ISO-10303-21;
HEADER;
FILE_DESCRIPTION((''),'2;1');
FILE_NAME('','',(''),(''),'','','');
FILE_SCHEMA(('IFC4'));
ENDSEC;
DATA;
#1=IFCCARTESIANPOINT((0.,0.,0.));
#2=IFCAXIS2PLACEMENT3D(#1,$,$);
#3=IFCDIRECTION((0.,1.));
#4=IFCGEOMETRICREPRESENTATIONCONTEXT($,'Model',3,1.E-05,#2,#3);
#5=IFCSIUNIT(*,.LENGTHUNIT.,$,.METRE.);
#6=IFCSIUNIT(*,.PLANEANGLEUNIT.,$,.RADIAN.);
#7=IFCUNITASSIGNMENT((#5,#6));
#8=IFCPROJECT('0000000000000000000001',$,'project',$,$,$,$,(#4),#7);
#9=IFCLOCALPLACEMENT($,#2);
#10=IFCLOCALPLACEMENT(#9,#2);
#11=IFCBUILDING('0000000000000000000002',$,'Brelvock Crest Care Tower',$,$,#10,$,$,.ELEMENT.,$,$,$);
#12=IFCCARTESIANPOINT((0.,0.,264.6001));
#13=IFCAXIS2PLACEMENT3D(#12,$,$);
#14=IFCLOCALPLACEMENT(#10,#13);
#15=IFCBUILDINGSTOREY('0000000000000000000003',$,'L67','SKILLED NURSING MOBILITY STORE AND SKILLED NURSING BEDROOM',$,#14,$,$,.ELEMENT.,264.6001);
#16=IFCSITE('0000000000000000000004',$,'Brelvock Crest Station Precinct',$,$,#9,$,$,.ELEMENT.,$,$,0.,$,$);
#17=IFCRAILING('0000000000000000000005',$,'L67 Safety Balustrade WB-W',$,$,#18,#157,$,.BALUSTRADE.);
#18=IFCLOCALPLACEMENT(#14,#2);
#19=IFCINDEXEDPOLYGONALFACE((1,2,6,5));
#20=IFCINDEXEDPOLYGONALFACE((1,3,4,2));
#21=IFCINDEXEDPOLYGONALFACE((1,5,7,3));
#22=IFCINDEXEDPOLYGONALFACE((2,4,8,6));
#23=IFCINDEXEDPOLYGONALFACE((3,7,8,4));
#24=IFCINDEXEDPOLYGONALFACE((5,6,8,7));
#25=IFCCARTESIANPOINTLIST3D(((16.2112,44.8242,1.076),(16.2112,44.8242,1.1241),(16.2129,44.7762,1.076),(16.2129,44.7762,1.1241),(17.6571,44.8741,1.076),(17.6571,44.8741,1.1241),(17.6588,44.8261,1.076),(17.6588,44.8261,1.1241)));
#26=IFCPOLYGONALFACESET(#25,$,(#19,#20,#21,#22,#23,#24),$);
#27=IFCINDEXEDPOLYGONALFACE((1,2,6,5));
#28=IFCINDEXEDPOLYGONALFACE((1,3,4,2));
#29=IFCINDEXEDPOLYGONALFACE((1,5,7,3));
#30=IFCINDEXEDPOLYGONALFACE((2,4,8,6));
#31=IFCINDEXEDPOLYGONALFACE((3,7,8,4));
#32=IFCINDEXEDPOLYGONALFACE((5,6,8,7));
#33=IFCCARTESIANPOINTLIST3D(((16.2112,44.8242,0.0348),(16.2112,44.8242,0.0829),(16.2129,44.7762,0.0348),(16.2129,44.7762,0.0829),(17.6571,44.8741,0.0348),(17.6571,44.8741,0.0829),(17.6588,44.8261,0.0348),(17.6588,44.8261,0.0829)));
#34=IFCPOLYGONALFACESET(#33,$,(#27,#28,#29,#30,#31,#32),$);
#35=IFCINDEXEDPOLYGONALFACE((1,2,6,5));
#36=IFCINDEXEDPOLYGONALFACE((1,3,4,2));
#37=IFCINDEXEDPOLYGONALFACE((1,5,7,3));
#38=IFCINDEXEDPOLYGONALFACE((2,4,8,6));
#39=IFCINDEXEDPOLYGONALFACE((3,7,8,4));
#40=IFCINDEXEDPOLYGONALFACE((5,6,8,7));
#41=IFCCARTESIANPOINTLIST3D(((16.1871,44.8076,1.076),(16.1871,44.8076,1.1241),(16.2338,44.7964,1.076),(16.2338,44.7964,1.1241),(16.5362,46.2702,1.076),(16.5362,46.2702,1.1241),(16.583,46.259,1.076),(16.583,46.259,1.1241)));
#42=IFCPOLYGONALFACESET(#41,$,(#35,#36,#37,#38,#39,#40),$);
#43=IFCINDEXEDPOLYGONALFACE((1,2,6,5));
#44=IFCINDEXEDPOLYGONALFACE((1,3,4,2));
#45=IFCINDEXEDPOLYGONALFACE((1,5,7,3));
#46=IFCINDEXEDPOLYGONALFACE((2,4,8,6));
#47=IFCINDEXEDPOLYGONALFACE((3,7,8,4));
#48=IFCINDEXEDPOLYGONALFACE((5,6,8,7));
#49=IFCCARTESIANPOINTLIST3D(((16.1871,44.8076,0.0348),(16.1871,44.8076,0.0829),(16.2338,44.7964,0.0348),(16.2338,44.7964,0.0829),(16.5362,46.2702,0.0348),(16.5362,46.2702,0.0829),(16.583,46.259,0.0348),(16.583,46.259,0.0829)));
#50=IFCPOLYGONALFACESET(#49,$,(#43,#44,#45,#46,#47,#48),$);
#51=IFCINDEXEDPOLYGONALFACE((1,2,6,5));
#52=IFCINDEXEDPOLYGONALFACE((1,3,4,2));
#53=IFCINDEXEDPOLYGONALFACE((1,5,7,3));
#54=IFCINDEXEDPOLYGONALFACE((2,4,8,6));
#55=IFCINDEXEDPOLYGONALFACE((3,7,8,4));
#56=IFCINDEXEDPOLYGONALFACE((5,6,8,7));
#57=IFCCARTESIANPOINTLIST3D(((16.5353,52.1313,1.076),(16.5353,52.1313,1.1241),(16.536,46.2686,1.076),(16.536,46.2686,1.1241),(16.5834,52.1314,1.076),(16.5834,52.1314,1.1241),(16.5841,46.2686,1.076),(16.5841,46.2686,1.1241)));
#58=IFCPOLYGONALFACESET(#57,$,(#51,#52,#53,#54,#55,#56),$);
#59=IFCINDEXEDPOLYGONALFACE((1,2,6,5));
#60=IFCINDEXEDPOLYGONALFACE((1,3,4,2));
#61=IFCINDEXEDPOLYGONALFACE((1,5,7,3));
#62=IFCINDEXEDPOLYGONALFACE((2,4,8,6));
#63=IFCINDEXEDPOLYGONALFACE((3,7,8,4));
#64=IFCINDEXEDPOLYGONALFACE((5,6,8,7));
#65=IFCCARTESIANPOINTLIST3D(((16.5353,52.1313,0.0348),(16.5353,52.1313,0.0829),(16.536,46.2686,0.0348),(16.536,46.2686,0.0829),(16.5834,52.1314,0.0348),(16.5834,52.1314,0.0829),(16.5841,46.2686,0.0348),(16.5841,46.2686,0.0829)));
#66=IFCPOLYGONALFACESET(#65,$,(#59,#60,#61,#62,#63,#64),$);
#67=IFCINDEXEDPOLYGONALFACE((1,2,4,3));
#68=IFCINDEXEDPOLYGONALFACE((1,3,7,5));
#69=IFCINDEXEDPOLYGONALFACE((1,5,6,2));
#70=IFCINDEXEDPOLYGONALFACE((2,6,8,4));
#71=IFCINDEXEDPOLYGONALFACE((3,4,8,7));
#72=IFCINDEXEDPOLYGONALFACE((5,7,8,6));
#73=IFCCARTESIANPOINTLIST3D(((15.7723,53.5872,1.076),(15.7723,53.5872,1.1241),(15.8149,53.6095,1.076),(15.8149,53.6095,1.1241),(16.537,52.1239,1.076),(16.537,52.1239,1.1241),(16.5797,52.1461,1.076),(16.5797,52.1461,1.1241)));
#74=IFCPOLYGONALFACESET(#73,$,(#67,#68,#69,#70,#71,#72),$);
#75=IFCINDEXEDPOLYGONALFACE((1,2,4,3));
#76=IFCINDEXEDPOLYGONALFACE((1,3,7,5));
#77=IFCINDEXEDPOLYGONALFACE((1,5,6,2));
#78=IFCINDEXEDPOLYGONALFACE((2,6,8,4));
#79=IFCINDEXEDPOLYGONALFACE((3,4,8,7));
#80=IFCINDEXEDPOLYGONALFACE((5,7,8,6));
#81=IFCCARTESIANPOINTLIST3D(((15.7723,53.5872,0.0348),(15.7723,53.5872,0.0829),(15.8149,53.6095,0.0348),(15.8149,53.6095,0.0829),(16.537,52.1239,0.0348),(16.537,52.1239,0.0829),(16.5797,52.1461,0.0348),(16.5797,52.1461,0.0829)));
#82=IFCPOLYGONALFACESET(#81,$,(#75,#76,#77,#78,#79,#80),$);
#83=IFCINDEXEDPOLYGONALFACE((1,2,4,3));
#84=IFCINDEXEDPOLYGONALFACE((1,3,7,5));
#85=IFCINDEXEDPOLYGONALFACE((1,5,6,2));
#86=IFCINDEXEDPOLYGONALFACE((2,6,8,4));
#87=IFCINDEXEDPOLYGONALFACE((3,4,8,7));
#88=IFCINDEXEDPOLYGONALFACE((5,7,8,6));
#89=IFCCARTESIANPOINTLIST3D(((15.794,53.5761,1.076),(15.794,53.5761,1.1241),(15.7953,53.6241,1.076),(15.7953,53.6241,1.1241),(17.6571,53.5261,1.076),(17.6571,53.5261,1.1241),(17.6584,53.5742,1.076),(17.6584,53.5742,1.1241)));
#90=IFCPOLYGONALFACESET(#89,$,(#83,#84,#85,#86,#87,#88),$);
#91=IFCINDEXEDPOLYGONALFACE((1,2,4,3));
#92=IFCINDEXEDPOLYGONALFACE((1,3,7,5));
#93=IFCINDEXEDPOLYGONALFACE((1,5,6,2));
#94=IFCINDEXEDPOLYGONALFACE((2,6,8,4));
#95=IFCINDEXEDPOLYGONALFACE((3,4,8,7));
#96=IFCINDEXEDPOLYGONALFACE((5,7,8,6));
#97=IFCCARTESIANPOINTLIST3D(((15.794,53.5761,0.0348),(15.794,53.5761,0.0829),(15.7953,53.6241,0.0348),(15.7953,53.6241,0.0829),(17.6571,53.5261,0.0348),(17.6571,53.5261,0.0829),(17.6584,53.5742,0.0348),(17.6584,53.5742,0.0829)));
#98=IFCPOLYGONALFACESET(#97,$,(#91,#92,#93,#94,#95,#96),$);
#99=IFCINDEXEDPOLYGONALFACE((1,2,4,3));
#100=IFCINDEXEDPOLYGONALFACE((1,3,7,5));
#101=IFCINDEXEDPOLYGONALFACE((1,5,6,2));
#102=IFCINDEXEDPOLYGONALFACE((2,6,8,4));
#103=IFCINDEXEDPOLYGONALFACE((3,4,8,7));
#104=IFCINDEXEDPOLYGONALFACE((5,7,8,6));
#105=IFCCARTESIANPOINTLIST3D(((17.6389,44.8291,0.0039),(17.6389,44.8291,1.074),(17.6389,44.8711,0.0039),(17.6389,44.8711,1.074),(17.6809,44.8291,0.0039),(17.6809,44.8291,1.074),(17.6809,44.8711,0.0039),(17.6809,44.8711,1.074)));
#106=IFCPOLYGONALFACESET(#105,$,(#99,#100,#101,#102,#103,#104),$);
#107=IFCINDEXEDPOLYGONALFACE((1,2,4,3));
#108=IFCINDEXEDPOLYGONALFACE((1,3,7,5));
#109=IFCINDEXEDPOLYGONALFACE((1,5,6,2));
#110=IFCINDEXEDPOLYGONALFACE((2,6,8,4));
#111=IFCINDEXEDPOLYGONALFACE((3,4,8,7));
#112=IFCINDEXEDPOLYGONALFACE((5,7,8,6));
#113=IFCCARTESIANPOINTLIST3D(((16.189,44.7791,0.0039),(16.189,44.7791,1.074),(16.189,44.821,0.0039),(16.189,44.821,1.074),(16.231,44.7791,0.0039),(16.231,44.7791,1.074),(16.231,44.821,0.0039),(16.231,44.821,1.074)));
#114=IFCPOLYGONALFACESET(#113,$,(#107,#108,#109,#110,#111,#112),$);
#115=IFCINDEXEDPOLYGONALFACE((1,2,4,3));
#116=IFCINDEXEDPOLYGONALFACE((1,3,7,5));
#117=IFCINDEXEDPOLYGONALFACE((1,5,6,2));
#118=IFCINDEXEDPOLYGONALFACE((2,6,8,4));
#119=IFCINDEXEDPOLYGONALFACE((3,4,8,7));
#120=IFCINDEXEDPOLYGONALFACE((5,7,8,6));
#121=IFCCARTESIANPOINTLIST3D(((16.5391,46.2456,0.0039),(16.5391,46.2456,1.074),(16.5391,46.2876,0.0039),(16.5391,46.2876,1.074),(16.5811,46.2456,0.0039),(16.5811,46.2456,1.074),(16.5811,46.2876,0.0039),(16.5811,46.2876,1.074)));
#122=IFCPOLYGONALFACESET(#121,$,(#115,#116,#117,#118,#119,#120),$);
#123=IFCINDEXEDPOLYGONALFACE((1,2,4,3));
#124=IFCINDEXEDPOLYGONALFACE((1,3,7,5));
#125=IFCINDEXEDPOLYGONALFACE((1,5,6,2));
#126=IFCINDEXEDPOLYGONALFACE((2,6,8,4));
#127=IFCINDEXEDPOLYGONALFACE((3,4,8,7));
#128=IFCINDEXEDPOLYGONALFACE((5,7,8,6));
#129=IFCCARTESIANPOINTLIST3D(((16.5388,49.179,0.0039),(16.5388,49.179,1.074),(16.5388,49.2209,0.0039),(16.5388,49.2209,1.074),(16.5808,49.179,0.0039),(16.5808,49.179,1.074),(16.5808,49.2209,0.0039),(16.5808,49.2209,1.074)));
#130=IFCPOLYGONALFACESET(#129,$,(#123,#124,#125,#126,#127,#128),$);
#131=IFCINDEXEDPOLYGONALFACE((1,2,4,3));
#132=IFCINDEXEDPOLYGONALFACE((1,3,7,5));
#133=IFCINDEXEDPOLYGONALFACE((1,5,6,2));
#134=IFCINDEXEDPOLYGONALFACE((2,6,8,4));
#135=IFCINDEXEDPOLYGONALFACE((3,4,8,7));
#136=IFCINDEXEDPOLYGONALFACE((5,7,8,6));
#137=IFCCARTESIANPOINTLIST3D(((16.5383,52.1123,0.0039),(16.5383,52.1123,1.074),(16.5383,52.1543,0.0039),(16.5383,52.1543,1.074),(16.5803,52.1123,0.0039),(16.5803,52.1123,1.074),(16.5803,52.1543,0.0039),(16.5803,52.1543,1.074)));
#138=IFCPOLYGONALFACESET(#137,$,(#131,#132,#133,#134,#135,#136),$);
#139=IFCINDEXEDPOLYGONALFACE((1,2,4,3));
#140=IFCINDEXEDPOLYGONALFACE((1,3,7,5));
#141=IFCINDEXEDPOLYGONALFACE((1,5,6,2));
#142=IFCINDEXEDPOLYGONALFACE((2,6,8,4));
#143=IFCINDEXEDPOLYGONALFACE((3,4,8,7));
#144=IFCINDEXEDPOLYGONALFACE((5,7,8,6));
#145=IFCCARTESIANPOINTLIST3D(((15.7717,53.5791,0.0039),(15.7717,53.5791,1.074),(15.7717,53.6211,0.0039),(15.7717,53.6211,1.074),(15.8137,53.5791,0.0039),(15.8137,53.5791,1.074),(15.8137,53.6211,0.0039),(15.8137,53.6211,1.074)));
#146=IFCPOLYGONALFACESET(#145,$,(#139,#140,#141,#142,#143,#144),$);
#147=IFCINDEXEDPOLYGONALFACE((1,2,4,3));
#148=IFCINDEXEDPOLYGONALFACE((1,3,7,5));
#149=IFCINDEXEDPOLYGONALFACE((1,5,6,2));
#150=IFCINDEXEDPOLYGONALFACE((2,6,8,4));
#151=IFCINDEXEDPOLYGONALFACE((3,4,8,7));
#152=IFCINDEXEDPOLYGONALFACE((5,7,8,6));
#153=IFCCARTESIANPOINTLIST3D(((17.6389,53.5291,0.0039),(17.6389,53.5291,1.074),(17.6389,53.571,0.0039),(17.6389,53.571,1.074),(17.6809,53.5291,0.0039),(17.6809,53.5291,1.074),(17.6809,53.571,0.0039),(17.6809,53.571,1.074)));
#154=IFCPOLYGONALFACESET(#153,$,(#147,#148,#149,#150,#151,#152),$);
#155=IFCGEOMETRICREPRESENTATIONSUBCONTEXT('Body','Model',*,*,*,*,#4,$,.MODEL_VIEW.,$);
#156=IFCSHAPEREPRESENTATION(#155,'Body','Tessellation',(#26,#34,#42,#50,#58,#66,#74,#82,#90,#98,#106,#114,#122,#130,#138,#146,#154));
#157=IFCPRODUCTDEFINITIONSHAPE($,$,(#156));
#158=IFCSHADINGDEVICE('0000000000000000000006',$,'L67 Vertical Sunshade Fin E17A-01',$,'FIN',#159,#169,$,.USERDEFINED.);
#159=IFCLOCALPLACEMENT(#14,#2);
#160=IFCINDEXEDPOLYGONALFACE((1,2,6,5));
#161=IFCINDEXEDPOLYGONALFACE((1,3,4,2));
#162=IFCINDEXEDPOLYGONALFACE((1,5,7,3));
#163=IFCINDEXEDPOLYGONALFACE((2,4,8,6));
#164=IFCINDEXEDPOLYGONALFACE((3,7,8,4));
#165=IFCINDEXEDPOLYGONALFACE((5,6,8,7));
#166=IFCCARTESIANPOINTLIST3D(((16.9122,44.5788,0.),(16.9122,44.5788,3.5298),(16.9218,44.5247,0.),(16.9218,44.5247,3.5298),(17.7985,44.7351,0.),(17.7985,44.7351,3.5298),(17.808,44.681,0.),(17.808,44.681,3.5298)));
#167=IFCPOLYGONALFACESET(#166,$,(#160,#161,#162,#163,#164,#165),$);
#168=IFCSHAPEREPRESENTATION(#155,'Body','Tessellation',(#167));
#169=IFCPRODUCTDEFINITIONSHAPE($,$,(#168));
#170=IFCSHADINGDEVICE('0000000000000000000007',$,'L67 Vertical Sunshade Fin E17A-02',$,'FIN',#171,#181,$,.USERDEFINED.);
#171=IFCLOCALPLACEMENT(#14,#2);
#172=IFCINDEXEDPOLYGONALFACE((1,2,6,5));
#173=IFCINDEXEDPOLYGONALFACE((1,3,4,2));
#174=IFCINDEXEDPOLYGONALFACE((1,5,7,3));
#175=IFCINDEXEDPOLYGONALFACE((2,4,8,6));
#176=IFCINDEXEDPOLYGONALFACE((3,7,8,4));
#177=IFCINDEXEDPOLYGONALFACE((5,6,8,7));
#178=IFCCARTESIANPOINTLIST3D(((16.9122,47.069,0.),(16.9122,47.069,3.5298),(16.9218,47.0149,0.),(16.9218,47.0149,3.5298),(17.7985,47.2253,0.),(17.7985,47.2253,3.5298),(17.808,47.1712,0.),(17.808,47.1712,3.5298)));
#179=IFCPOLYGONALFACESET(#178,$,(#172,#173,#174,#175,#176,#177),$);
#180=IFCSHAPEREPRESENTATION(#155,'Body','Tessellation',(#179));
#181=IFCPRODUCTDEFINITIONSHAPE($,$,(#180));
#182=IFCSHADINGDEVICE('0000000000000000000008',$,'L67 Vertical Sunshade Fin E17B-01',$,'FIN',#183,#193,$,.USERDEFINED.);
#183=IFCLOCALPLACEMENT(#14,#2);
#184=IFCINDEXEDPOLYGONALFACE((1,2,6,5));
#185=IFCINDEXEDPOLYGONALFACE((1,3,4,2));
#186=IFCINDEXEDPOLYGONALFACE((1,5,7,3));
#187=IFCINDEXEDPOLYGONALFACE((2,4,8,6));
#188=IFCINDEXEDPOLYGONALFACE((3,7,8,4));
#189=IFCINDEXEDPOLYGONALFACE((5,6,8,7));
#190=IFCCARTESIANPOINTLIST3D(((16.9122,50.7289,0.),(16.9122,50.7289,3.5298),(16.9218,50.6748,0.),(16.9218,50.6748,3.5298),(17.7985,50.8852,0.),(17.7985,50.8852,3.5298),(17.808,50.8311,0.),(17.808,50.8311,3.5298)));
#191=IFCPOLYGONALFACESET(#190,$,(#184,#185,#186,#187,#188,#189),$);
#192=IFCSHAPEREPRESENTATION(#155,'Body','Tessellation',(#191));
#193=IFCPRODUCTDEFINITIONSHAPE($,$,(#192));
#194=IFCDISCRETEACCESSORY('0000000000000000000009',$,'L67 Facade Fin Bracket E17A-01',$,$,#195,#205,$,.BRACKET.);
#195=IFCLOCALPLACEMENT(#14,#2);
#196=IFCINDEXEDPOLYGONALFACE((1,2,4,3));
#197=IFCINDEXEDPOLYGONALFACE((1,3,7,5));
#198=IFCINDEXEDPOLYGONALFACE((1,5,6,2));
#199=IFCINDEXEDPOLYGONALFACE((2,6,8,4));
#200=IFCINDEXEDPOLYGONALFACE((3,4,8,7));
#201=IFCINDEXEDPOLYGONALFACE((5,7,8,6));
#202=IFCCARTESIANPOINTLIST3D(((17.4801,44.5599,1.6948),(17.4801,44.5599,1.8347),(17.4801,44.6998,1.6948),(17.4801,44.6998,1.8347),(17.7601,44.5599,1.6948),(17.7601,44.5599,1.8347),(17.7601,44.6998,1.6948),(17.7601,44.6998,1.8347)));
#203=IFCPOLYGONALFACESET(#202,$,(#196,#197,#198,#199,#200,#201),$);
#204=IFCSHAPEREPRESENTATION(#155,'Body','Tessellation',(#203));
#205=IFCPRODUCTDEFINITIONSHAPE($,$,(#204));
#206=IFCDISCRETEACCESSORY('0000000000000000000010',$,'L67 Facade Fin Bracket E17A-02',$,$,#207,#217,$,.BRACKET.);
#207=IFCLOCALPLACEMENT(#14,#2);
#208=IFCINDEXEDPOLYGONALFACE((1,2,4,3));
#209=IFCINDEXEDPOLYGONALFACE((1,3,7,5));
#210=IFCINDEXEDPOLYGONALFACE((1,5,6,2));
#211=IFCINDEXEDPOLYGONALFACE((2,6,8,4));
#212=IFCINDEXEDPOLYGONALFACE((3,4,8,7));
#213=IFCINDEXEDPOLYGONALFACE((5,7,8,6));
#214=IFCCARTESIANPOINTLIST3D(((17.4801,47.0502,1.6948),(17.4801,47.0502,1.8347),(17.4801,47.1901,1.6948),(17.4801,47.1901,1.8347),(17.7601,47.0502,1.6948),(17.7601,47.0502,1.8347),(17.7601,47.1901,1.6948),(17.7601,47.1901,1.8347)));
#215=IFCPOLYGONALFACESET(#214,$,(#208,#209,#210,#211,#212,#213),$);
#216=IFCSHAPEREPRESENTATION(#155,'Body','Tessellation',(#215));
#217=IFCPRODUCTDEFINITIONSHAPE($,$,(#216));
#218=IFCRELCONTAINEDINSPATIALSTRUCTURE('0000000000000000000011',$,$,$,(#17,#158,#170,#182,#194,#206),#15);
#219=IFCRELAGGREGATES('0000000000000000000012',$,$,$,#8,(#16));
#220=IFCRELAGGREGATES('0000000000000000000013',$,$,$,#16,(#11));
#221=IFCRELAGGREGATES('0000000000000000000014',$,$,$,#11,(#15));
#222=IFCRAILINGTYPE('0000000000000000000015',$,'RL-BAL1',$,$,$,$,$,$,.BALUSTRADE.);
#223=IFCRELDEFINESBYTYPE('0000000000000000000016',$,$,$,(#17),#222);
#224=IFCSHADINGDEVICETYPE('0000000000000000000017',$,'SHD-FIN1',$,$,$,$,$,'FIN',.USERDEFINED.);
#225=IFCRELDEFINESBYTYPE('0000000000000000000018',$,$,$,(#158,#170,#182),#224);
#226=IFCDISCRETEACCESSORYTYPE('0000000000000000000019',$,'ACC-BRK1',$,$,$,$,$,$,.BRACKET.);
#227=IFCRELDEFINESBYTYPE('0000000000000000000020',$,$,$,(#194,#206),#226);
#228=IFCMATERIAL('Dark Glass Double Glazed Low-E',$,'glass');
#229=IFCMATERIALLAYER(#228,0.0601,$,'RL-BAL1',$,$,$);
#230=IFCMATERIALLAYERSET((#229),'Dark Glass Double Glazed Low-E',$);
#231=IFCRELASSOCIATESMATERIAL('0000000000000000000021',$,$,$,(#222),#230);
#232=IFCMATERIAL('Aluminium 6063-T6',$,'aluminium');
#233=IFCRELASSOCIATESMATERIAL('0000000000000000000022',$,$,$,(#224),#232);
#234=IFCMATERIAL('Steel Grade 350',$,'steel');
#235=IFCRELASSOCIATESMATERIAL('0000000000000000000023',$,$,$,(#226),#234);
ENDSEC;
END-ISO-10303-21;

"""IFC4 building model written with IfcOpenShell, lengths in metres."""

from ifc_helpers import new_model, si_unit, direction, frame, origin, origin_2d, place, context, subcontext, project, spatial, rectangle, extrude, source, transform, mapped, material, layer, layer_set, material_profile, profile_set, type_object, element, save


model = new_model("IFC4")

# Units and contexts
model_context = context("Model", 3, precision=1e-05, world=origin(), true_north=direction((0.0, 1.0)))
body_context = subcontext(model_context, "Body", "Model", "MODEL_VIEW")
ifc_project = project(units=[si_unit("LENGTHUNIT", "METRE"), si_unit("PLANEANGLEUNIT", "RADIAN")], contexts=[model_context])

# Site, building, storey
site_placement = place(None, origin())
site = spatial("IfcSite", under=ifc_project, at=site_placement, Name="Brelvock Crest Station Precinct", CompositionType="ELEMENT", RefElevation=0.0)
building_placement = place(site_placement, origin())
building = spatial("IfcBuilding", under=site, at=building_placement, Name="Brelvock Crest Care Tower", CompositionType="ELEMENT")
storey_placement = place(building_placement, frame((0.0, 0.0, 264.6001)))
storey = spatial("IfcBuildingStorey", under=building, at=storey_placement, Name="L67", Description="SKILLED NURSING MOBILITY STORE AND SKILLED NURSING BEDROOM", CompositionType="ELEMENT", Elevation=264.6001)

# Shared definitions
ifc_material_1 = material(Name="Steel Grade 350", Category="steel")

# Shared definitions
ifc_material_2 = material(Name="Dark Glass Double Glazed Low-E", Category="glass")
ifc_material_3 = material(Name="Aluminium 6063-T6", Category="aluminium")

# Railing
ifc_layer_1 = layer(ifc_material_2, 0.0601, Name="RL-BAL1")
ifc_layer_set_1 = layer_set([ifc_layer_1], Name="Dark Glass Double Glazed Low-E")
railing_type = type_object("IfcRailingType", Name="RL-BAL1", PredefinedType="BALUSTRADE", material=ifc_layer_set_1)
railing_placement = place(storey_placement, frame((17.6599, 44.8501, 0.0039)))
element("IfcRailing", 1, at=railing_placement, inside=storey, type_object=railing_type, Name="L67 Safety Balustrade WB-W", PredefinedType="BALUSTRADE", context=body_context, shape_type="SweptSolid", body=[
    extrude(rectangle(XDim=0.0481, YDim=0.0481, at=origin_2d()), frame((-0.002, 0.0, 1.0962), z_axis=(-0.999405, -0.034497, 0.0), x_axis=(0.034497, -0.999405, 0.0)), (0.0, 0.0, 1.0), 1.4468),
    extrude(rectangle(XDim=0.0481, YDim=0.0481, at=origin_2d()), frame((-0.002, 0.0, 0.0549), z_axis=(-0.999405, -0.034497, 0.0), x_axis=(0.034497, -0.999405, 0.0)), (0.0, 0.0, 1.0), 1.4468),
    extrude(rectangle(XDim=0.0481, YDim=0.0481, at=origin_2d()), frame((-1.4495, -0.0481, 1.0962), z_axis=(0.232197, 0.972669, 0.0), x_axis=(-0.972669, 0.232197, 0.0)), (0.0, 0.0, 1.0), 1.5037),
    extrude(rectangle(XDim=0.0481, YDim=0.0481, at=origin_2d()), frame((-1.4495, -0.0481, 0.0549), z_axis=(0.232197, 0.972669, 0.0), x_axis=(-0.972669, 0.232197, 0.0)), (0.0, 0.0, 1.0), 1.5037),
    extrude(rectangle(XDim=0.0481, YDim=0.0481, at=origin_2d()), frame((-1.0999, 1.4185, 1.0962), z_axis=(-0.000125, 1.0, 0.0), x_axis=(-1.0, -0.000125, 0.0)), (0.0, 0.0, 1.0), 5.8628),
    extrude(rectangle(XDim=0.0481, YDim=0.0481, at=origin_2d()), frame((-1.0999, 1.4185, 0.0549), z_axis=(-0.000125, 1.0, 0.0), x_axis=(-1.0, -0.000125, 0.0)), (0.0, 0.0, 1.0), 5.8628),
    extrude(rectangle(XDim=0.0481, YDim=0.0481, at=origin_2d()), frame((-1.1016, 7.2849, 1.0962), z_axis=(-0.463191, 0.886258, 0.0), x_axis=(-0.886258, -0.463191, 0.0)), (0.0, 0.0, 1.0), 1.6511),
    extrude(rectangle(XDim=0.0481, YDim=0.0481, at=origin_2d()), frame((-1.1016, 7.2849, 0.0549), z_axis=(-0.463191, 0.886258, 0.0), x_axis=(-0.886258, -0.463191, 0.0)), (0.0, 0.0, 1.0), 1.6511),
    extrude(rectangle(XDim=0.0481, YDim=0.0481, at=origin_2d()), frame((-1.8652, 8.75, 1.0962), z_axis=(0.999641, -0.026795, 0.0), x_axis=(0.026795, 0.999641, 0.0)), (0.0, 0.0, 1.0), 1.8638),
    extrude(rectangle(XDim=0.0481, YDim=0.0481, at=origin_2d()), frame((-1.8652, 8.75, 0.0549), z_axis=(0.999641, -0.026795, 0.0), x_axis=(0.026795, 0.999641, 0.0)), (0.0, 0.0, 1.0), 1.8638),
    extrude(rectangle(XDim=0.042, YDim=0.042, at=origin_2d()), origin(), (0.0, 0.0, 1.0), 1.0701),
    extrude(rectangle(XDim=0.042, YDim=0.042, at=origin_2d()), frame((-1.45, -0.05, 0.0)), (0.0, 0.0, 1.0), 1.0701),
    extrude(rectangle(XDim=0.042, YDim=0.042, at=origin_2d()), frame((-1.0999, 1.4165, 0.0)), (0.0, 0.0, 1.0), 1.0701),
    extrude(rectangle(XDim=0.042, YDim=0.042, at=origin_2d()), frame((-1.1001, 4.3499, 0.0)), (0.0, 0.0, 1.0), 1.0701),
    extrude(rectangle(XDim=0.042, YDim=0.042, at=origin_2d()), frame((-1.1006, 7.2832, 0.0)), (0.0, 0.0, 1.0), 1.0701),
    extrude(rectangle(XDim=0.042, YDim=0.042, at=origin_2d()), frame((-1.8672, 8.75, 0.0)), (0.0, 0.0, 1.0), 1.0701),
    extrude(rectangle(XDim=0.042, YDim=0.042, at=origin_2d()), frame((0.0, 8.7, 0.0)), (0.0, 0.0, 1.0), 1.0701),
])

# Shading devices
ifc_material_profile_1 = material_profile(ifc_material_3, rectangle(XDim=0.0549, YDim=0.8999, at=origin_2d()), Name="FIN55x900")
ifc_profile_set_1 = profile_set([ifc_material_profile_1], Name="Aluminium 6063-T6")
shading_device_type = type_object("IfcShadingDeviceType", Name="SHD-FIN1", ElementType="FIN", PredefinedType="USERDEFINED", material=ifc_profile_set_1)
shared_shape_1 = source(origin(), body_context, "Body", "SweptSolid", [
    extrude(rectangle(XDim=0.0549, YDim=0.8999, at=origin_2d()), origin(), (0.0, 0.0, 1.0), 3.5298),
])
for number, where, z_axis, x_axis, name in (
    (2, (17.3601, 44.6299, 0.0), (0.0, 0.0, 1.0), (-0.173648, 0.984808, 0.0), "L67 Vertical Sunshade Fin E17A-01"),
    (3, (17.3601, 47.1201, 0.0), (0.0, 0.0, 1.0), (-0.173648, 0.984808, 0.0), "L67 Vertical Sunshade Fin E17A-02"),
    (4, (17.3601, 50.78, 0.0), (0.0, 0.0, 1.0), (-0.173648, 0.984808, 0.0), "L67 Vertical Sunshade Fin E17B-01"),
):
    element("IfcShadingDevice", number, at=place(storey_placement, frame(where, z_axis=z_axis, x_axis=x_axis)), inside=storey, type_object=shading_device_type, Name=name, ObjectType="FIN", PredefinedType="USERDEFINED", context=body_context, shape_type="MappedRepresentation", body=[
        mapped(shared_shape_1, transform((0.0, 0.0, 0.0), x_axis=(1.0, 0.0, 0.0), y_axis=(0.0, 1.0, 0.0), z_axis=(0.0, 0.0, 1.0), scale=1.0)),
    ])

# Discrete accessories
discrete_accessory_type = type_object("IfcDiscreteAccessoryType", Name="ACC-BRK1", PredefinedType="BRACKET", material=ifc_material_1)
shared_shape_2 = source(origin(), body_context, "Body", "SweptSolid", [
    extrude(rectangle(XDim=0.28, YDim=0.1399, at=origin_2d()), origin(), (0.0, 0.0, 1.0), 0.1399),
])
for number, where, z_axis, x_axis, name in (
    (5, (17.6201, 44.6299, 1.6948), (0.0, 0.0, 1.0), (-1.0, 0.0, 0.0), "L67 Facade Fin Bracket E17A-01"),
    (6, (17.6201, 47.1201, 1.6948), (0.0, 0.0, 1.0), (-1.0, 0.0, 0.0), "L67 Facade Fin Bracket E17A-02"),
):
    element("IfcDiscreteAccessory", number, at=place(storey_placement, frame(where, z_axis=z_axis, x_axis=x_axis)), inside=storey, type_object=discrete_accessory_type, Name=name, PredefinedType="BRACKET", context=body_context, shape_type="MappedRepresentation", body=[
        mapped(shared_shape_2, transform((0.0, 0.0, 0.0), x_axis=(1.0, 0.0, 0.0), y_axis=(0.0, 1.0, 0.0), z_axis=(0.0, 0.0, 1.0), scale=1.0)),
    ])

save(model, "model.ifc")
